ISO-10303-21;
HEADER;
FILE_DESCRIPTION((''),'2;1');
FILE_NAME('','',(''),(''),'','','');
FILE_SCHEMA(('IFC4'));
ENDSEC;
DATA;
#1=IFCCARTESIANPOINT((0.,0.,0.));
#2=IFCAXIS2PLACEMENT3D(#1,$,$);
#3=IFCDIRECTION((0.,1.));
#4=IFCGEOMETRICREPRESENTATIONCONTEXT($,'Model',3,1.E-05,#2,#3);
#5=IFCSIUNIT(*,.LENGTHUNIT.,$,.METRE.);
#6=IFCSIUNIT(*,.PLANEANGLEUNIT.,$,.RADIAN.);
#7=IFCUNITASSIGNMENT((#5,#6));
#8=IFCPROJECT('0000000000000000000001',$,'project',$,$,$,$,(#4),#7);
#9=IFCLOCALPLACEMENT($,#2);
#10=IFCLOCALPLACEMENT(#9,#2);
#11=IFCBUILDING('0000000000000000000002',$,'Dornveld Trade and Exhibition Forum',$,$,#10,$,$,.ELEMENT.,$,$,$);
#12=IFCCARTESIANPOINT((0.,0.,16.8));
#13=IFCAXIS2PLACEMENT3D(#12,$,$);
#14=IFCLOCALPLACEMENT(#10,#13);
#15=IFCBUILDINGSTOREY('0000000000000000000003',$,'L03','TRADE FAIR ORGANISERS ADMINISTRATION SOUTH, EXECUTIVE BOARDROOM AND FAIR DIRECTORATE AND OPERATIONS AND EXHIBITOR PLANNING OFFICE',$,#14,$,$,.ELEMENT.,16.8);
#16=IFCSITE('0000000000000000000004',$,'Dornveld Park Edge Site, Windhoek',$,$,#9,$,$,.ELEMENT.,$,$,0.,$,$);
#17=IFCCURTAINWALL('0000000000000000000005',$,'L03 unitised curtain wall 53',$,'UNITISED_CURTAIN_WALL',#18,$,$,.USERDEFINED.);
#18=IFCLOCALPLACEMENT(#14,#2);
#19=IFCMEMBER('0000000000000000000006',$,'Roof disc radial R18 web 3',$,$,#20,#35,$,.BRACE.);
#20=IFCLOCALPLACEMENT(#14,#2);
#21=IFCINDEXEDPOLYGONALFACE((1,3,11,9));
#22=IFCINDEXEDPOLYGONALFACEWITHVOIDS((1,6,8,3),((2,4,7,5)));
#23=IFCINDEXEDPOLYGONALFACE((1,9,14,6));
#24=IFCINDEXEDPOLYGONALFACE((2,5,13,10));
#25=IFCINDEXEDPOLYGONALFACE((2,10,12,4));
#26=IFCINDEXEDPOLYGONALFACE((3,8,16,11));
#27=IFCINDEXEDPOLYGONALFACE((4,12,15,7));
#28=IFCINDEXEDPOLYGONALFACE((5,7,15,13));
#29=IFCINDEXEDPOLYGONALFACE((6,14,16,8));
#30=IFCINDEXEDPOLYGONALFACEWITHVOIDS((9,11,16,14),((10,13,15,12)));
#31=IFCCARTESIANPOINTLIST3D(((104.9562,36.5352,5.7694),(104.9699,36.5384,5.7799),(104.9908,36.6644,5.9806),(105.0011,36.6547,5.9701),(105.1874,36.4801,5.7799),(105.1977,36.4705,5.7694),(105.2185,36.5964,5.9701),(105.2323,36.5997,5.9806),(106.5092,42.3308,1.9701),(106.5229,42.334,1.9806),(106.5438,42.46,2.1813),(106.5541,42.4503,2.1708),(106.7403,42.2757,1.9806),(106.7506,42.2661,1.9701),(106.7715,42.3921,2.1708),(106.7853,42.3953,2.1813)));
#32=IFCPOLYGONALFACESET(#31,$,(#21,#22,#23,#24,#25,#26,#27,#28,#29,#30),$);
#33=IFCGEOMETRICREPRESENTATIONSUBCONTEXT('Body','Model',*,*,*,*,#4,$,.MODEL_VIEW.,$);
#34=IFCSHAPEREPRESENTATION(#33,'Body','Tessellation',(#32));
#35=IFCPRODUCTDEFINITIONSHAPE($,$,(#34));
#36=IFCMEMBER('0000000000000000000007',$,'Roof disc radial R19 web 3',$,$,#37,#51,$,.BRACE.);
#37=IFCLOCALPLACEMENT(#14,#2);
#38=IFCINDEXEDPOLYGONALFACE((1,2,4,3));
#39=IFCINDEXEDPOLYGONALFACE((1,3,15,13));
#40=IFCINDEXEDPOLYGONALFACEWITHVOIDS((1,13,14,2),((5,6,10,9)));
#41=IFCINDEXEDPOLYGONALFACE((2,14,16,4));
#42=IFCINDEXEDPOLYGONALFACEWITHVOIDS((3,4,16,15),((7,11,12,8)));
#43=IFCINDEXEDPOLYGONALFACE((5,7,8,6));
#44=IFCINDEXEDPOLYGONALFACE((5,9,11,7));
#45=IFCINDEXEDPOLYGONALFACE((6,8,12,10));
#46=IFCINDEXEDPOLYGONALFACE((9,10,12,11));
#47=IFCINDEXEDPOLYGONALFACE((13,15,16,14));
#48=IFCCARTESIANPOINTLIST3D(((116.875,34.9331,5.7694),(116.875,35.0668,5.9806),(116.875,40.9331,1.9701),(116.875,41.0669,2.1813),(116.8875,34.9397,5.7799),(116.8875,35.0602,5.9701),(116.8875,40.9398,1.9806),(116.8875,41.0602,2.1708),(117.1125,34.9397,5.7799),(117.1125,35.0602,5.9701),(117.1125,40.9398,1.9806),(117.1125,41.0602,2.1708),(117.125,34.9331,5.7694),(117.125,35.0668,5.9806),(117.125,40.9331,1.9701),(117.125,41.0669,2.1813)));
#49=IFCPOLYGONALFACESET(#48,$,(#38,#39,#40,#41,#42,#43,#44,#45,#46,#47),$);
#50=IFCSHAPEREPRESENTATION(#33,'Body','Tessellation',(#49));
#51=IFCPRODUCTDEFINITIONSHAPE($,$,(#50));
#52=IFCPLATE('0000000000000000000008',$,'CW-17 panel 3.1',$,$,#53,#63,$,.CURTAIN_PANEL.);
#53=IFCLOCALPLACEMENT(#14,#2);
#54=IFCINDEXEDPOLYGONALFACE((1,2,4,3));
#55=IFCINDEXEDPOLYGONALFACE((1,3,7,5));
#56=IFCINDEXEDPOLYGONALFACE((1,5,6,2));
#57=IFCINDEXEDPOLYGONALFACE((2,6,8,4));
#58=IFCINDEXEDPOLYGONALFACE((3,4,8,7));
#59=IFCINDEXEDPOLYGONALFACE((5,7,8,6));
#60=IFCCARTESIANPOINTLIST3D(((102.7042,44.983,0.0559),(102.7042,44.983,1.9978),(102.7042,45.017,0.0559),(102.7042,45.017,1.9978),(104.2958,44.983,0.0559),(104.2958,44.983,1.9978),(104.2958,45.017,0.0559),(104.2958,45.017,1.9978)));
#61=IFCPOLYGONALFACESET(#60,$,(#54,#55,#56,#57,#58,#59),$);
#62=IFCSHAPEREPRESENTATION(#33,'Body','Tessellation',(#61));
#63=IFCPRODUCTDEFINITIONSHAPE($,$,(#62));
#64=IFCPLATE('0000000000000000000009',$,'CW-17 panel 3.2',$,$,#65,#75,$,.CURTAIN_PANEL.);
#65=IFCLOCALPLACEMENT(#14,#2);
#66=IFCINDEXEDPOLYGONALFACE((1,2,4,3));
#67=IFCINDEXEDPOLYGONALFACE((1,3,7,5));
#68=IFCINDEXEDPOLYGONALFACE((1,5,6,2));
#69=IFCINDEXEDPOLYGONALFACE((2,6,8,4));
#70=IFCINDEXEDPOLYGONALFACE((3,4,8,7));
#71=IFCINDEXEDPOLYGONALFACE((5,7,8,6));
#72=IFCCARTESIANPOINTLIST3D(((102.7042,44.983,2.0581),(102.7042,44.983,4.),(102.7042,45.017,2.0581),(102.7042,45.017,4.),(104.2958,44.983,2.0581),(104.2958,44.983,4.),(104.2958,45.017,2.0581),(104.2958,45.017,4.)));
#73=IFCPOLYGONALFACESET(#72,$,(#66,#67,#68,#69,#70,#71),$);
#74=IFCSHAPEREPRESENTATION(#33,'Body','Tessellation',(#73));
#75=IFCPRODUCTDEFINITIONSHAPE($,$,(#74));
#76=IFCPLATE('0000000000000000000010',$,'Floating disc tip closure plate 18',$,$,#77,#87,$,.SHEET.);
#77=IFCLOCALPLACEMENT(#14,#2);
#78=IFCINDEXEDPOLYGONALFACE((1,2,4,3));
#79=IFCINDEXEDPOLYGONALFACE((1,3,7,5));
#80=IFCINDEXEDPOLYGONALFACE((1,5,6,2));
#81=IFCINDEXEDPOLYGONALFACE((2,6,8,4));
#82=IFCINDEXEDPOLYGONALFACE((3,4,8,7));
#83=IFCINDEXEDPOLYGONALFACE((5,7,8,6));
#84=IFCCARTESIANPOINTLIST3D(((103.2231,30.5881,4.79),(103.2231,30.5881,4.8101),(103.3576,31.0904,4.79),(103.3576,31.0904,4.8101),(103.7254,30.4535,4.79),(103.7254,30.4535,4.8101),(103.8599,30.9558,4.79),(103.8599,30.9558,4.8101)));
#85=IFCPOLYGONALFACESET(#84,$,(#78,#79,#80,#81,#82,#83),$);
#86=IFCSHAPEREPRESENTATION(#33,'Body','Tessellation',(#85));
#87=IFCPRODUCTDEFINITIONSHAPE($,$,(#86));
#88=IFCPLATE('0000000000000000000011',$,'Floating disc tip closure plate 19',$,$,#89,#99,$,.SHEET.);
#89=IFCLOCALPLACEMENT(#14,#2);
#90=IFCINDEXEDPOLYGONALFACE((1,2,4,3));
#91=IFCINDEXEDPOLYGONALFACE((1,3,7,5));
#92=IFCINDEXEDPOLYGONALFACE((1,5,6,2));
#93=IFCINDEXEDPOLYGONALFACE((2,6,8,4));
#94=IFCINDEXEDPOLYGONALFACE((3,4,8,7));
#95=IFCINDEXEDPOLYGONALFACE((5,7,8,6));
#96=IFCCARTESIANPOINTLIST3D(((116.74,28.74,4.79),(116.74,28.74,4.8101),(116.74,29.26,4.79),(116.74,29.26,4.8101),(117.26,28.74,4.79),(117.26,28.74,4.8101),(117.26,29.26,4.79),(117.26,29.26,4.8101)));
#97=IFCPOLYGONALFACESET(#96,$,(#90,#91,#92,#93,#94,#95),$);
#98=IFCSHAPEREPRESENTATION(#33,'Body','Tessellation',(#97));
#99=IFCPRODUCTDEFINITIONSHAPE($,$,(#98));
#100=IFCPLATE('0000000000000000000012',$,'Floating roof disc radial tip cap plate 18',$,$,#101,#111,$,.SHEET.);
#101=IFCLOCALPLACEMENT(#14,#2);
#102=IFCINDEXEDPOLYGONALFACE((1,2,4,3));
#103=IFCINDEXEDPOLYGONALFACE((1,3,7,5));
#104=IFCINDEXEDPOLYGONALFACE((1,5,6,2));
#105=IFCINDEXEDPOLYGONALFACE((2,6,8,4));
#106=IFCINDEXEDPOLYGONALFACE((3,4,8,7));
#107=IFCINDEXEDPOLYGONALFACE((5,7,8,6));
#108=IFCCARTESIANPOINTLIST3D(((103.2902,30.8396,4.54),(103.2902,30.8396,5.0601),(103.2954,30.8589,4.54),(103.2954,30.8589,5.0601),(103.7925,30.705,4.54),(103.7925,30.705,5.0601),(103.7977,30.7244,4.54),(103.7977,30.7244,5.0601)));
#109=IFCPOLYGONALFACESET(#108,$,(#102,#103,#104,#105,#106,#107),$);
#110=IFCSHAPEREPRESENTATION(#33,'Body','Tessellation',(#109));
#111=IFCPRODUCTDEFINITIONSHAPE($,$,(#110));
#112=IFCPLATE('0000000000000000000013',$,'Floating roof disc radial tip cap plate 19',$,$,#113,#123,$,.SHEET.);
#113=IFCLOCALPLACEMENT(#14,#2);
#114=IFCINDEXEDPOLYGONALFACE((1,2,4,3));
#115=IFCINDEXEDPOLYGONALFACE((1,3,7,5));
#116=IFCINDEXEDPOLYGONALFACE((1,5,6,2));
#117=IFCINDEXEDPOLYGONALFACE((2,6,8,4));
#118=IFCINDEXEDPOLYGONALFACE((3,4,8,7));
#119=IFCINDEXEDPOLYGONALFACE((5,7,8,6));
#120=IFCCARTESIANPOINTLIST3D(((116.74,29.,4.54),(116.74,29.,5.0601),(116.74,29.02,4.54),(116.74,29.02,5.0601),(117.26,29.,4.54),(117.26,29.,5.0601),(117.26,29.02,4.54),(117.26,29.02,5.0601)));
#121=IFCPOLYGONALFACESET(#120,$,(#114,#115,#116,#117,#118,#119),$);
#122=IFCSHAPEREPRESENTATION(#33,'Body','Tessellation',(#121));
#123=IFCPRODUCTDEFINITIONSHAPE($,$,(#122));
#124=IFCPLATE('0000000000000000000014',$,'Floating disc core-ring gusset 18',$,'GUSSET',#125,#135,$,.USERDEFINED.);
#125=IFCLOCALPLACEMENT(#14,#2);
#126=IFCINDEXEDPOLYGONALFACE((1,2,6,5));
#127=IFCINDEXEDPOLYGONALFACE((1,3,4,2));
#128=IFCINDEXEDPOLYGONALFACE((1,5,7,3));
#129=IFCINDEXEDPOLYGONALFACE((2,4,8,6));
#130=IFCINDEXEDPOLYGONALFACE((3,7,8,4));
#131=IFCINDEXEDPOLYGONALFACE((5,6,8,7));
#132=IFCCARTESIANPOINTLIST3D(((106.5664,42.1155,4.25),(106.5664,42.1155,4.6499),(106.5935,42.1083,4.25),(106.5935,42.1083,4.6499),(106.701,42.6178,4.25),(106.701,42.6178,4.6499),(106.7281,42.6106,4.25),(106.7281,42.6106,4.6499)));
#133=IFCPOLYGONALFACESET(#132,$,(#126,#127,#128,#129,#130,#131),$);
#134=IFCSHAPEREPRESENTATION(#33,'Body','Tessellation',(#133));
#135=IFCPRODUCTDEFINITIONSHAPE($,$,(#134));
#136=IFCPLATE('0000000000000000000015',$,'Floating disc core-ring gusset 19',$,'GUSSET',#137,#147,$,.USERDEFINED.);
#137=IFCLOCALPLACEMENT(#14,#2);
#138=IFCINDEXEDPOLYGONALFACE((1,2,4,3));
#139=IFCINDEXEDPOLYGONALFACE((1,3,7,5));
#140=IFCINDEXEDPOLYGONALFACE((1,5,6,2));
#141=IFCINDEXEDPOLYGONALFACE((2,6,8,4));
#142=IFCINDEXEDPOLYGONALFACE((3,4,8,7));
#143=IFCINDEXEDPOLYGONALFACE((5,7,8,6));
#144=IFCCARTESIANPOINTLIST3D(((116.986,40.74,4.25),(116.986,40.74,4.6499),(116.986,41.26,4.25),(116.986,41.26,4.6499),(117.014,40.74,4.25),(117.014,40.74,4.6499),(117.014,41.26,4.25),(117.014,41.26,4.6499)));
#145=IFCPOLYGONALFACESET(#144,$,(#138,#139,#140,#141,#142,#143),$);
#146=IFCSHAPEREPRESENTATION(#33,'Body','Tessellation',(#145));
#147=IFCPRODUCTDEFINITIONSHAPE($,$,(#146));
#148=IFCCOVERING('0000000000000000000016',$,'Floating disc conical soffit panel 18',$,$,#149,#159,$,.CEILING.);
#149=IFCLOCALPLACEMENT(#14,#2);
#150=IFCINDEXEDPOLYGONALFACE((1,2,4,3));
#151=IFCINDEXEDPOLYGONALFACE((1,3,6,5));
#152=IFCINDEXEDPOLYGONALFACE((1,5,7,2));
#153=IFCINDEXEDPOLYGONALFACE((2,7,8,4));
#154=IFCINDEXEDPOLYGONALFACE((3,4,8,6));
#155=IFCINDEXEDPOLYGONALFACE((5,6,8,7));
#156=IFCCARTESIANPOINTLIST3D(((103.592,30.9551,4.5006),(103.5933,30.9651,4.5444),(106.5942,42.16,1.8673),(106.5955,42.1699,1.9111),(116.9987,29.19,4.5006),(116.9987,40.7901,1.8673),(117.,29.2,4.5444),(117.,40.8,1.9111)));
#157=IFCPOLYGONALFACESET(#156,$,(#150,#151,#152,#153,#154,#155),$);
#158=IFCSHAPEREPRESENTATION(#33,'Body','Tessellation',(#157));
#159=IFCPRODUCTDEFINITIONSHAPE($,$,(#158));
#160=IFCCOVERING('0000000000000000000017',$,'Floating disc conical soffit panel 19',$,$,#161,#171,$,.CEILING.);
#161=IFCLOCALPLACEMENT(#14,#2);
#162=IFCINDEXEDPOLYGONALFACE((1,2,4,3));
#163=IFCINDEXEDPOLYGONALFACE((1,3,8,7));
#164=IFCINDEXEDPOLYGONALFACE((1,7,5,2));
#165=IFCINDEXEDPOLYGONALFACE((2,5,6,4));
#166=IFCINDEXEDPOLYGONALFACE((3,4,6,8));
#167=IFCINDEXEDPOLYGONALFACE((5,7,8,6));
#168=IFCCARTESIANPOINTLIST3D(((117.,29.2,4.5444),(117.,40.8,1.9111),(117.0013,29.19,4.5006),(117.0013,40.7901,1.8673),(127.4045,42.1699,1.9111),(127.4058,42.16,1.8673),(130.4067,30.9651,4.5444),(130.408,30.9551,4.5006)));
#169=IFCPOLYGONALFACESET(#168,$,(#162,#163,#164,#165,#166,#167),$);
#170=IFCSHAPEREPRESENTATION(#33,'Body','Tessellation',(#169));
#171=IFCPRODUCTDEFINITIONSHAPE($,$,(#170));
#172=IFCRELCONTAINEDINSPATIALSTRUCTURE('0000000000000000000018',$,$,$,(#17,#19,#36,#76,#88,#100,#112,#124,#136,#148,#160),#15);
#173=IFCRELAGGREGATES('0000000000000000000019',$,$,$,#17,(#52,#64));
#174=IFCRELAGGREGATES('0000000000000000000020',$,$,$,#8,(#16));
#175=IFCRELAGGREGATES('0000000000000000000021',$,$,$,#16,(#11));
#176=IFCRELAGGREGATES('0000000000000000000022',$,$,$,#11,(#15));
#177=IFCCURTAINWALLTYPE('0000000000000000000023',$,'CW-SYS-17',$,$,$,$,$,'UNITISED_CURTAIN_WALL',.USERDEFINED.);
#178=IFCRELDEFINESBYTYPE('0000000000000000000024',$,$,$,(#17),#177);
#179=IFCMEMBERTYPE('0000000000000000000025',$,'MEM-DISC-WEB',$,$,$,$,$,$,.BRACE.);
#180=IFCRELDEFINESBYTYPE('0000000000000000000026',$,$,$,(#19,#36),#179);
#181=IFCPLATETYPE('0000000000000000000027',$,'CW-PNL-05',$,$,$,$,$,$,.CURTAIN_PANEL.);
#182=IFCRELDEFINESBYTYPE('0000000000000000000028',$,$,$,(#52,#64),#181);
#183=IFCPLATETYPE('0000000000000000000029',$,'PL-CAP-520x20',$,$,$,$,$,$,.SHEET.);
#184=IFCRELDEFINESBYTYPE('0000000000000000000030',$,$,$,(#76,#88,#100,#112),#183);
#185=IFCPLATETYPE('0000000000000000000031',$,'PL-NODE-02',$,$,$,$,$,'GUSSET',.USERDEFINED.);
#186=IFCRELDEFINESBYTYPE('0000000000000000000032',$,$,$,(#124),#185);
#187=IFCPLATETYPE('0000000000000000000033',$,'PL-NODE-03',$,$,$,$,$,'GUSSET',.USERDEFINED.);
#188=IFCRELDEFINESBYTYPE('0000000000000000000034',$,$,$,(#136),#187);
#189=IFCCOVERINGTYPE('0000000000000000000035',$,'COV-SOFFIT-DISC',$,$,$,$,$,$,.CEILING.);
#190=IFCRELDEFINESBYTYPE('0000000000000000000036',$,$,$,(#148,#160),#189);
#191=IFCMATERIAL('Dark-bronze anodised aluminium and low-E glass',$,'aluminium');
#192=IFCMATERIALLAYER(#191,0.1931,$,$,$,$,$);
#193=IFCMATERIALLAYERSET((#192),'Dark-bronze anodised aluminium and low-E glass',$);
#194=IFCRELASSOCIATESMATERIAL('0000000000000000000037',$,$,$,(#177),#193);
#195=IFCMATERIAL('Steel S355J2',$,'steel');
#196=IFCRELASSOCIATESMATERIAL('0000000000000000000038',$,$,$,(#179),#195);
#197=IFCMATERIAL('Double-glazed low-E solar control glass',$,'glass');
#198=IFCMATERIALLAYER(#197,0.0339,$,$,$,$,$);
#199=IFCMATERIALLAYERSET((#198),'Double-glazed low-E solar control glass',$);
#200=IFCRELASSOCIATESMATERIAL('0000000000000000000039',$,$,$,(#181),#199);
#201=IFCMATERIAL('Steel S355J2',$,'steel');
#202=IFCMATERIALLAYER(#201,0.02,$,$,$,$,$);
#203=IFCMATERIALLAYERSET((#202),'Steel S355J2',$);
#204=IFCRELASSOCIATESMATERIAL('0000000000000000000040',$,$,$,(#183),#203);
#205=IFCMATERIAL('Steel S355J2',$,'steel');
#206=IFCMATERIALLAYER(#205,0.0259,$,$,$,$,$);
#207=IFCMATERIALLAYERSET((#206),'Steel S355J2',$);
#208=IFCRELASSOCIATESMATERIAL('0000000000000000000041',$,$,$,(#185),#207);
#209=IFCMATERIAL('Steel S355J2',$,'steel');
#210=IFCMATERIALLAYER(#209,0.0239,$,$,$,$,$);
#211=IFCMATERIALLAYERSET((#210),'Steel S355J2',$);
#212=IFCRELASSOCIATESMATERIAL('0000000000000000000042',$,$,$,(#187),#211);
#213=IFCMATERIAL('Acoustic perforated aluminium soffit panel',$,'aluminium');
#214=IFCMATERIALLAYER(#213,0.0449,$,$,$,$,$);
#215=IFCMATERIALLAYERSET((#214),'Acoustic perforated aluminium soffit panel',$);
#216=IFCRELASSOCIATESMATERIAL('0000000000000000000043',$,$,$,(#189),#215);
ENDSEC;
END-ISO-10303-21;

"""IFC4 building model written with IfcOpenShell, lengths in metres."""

from ifc_helpers import new_model, si_unit, direction, frame, origin, origin_2d, place, context, subcontext, project, spatial, polyline, rectangle, hollow_rectangle, outline, extrude, material, layer, layer_set, material_profile, profile_set, type_object, element, aggregate, save


model = new_model("IFC4")

# Units and contexts
model_context = context("Model", 3, precision=1e-05, world=origin(), true_north=direction((0.0, 1.0)))
body_context = subcontext(model_context, "Body", "Model", "MODEL_VIEW")
ifc_project = project(units=[si_unit("LENGTHUNIT", "METRE"), si_unit("PLANEANGLEUNIT", "RADIAN")], contexts=[model_context])

# Site, building, storey
site_placement = place(None, origin())
site = spatial("IfcSite", under=ifc_project, at=site_placement, Name="Dornveld Park Edge Site, Windhoek", CompositionType="ELEMENT", RefElevation=0.0)
building_placement = place(site_placement, origin())
building = spatial("IfcBuilding", under=site, at=building_placement, Name="Dornveld Trade and Exhibition Forum", CompositionType="ELEMENT")
storey_placement = place(building_placement, frame((0.0, 0.0, 16.8)))
storey = spatial("IfcBuildingStorey", under=building, at=storey_placement, Name="L03", Description="TRADE FAIR ORGANISERS ADMINISTRATION SOUTH, EXECUTIVE BOARDROOM AND FAIR DIRECTORATE AND OPERATIONS AND EXHIBITOR PLANNING OFFICE", CompositionType="ELEMENT", Elevation=16.8)

# Curtain wall
ifc_material_1 = material(Name="Dark-bronze anodised aluminium and low-E glass", Category="aluminium")
ifc_layer_1 = layer(ifc_material_1, 0.1931)
ifc_layer_set_1 = layer_set([ifc_layer_1], Name="Dark-bronze anodised aluminium and low-E glass")
curtain_wall_type = type_object("IfcCurtainWallType", Name="CW-SYS-17", ElementType="UNITISED_CURTAIN_WALL", PredefinedType="USERDEFINED", material=ifc_layer_set_1)
curtain_wall_placement = place(storey_placement, origin())
curtain_wall = element("IfcCurtainWall", 1, at=curtain_wall_placement, inside=storey, type_object=curtain_wall_type, Name="L03 unitised curtain wall 53", ObjectType="UNITISED_CURTAIN_WALL", PredefinedType="USERDEFINED")

# Members
ifc_material_2 = material(Name="Steel S355J2", Category="steel")
ifc_material_profile_1 = material_profile(ifc_material_2, hollow_rectangle(XDim=0.25, YDim=0.25, WallThickness=0.0125, at=origin_2d()), Name="SHS 250x250x12.5")
ifc_profile_set_1 = profile_set([ifc_material_profile_1], Name="Steel S355J2")
member_type_1 = type_object("IfcMemberType", Name="MEM-DISC-WEB", PredefinedType="BRACE", material=ifc_profile_set_1)
for number, where, z_axis, x_axis, name in (
    (2, (106.6472, 42.363, 2.0757), (-0.218673, -0.816078, 0.534976), (0.965924, -0.258825, 0.0), "Roof disc radial R18 web 3"),
    (3, (117.0, 41.0, 2.0757), (0.0, -0.844863, 0.534983), (1.0, 0.0, 0.0), "Roof disc radial R19 web 3"),
):
    element("IfcMember", number, at=place(storey_placement, frame(where, z_axis=z_axis, x_axis=x_axis)), inside=storey, type_object=member_type_1, Name=name, PredefinedType="BRACE", context=body_context, shape_type="SweptSolid", body=[
        extrude(hollow_rectangle(XDim=0.25, YDim=0.25, WallThickness=0.0125, at=origin_2d()), origin(), (0.0, 0.0, 1.0), 7.1018),
    ])

# Plates
ifc_material_3 = material(Name="Double-glazed low-E solar control glass", Category="glass")
ifc_layer_2 = layer(ifc_material_3, 0.0339)
ifc_layer_set_2 = layer_set([ifc_layer_2], Name="Double-glazed low-E solar control glass")
plate_type_1 = type_object("IfcPlateType", Name="CW-PNL-05", PredefinedType="CURTAIN_PANEL", material=ifc_layer_set_2)
plate_1_placement = place(storey_placement, frame((103.5, 45.0, 0.0559), z_axis=(0.0, 0.0, 1.0), x_axis=(1.0, 0.0, 0.0)))
plate_1 = element("IfcPlate", 4, at=plate_1_placement, type_object=plate_type_1, Name="CW-17 panel 3.1", PredefinedType="CURTAIN_PANEL", context=body_context, shape_type="SweptSolid", body=[
    extrude(rectangle(XDim=1.5916, YDim=0.0339, at=origin_2d()), origin(), (0.0, 0.0, 1.0), 1.9419),
])
plate_2_placement = place(storey_placement, frame((103.5, 45.0, 2.0581), z_axis=(0.0, 0.0, 1.0), x_axis=(1.0, 0.0, 0.0)))
plate_2 = element("IfcPlate", 5, at=plate_2_placement, type_object=plate_type_1, Name="CW-17 panel 3.2", PredefinedType="CURTAIN_PANEL", context=body_context, shape_type="SweptSolid", body=[
    extrude(rectangle(XDim=1.5916, YDim=0.0339, at=origin_2d()), origin(), (0.0, 0.0, 1.0), 1.9419),
])
aggregate(curtain_wall, [plate_1, plate_2])

# Plates
ifc_material_4 = material(Name="Steel S355J2", Category="steel")
ifc_layer_3 = layer(ifc_material_4, 0.02)
ifc_layer_set_3 = layer_set([ifc_layer_3], Name="Steel S355J2")
plate_type_2 = type_object("IfcPlateType", Name="PL-CAP-520x20", PredefinedType="SHEET", material=ifc_layer_set_3)
for number, where, z_axis, x_axis, name in (
    (6, (103.5415, 30.772, 4.79), (0.0, 0.0, 1.0), (-0.258819, -0.965926, 0.0), "Floating disc tip closure plate 18"),
    (7, (117.0, 29.0, 4.79), (0.0, 0.0, 1.0), (0.0, -1.0, 0.0), "Floating disc tip closure plate 19"),
):
    element("IfcPlate", number, at=place(storey_placement, frame(where, z_axis=z_axis, x_axis=x_axis)), inside=storey, type_object=plate_type_2, Name=name, PredefinedType="SHEET", context=body_context, shape_type="SweptSolid", body=[
        extrude(rectangle(XDim=0.52, YDim=0.52, at=origin_2d()), origin(), (0.0, 0.0, 1.0), 0.02),
    ])
for number, where, z_axis, x_axis, name in (
    (8, (103.5439, 30.782, 4.54), (0.0, 0.0, 1.0), (-0.258819, -0.965926, 0.0), "Floating roof disc radial tip cap plate 18"),
    (9, (117.0, 29.01, 4.54), (0.0, 0.0, 1.0), (0.0, -1.0, 0.0), "Floating roof disc radial tip cap plate 19"),
):
    element("IfcPlate", number, at=place(storey_placement, frame(where, z_axis=z_axis, x_axis=x_axis)), inside=storey, type_object=plate_type_2, Name=name, PredefinedType="SHEET", context=body_context, shape_type="SweptSolid", body=[
        extrude(rectangle(XDim=0.02, YDim=0.52, at=origin_2d()), origin(), (0.0, 0.0, 1.0), 0.52),
    ])
ifc_material_5 = material(Name="Steel S355J2", Category="steel")
ifc_layer_4 = layer(ifc_material_5, 0.0259)
ifc_layer_set_4 = layer_set([ifc_layer_4], Name="Steel S355J2")
plate_type_3 = type_object("IfcPlateType", Name="PL-NODE-02", ElementType="GUSSET", PredefinedType="USERDEFINED", material=ifc_layer_set_4)
plate_3_placement = place(storey_placement, frame((106.6472, 42.363, 4.25), z_axis=(0.0, 0.0, 1.0), x_axis=(-0.258819, -0.965926, 0.0)))
element("IfcPlate", 10, at=plate_3_placement, inside=storey, type_object=plate_type_3, Name="Floating disc core-ring gusset 18", ObjectType="GUSSET", PredefinedType="USERDEFINED", context=body_context, shape_type="SweptSolid", body=[
    extrude(rectangle(XDim=0.52, YDim=0.0281, at=origin_2d()), origin(), (0.0, 0.0, 1.0), 0.3999),
])
ifc_material_6 = material(Name="Steel S355J2", Category="steel")
ifc_layer_5 = layer(ifc_material_6, 0.0239)
ifc_layer_set_5 = layer_set([ifc_layer_5], Name="Steel S355J2")
plate_type_4 = type_object("IfcPlateType", Name="PL-NODE-03", ElementType="GUSSET", PredefinedType="USERDEFINED", material=ifc_layer_set_5)
plate_4_placement = place(storey_placement, frame((117.0, 41.0, 4.25), z_axis=(0.0, 0.0, 1.0), x_axis=(0.0, -1.0, 0.0)))
element("IfcPlate", 11, at=plate_4_placement, inside=storey, type_object=plate_type_4, Name="Floating disc core-ring gusset 19", ObjectType="GUSSET", PredefinedType="USERDEFINED", context=body_context, shape_type="SweptSolid", body=[
    extrude(rectangle(XDim=0.52, YDim=0.0281, at=origin_2d()), origin(), (0.0, 0.0, 1.0), 0.3999),
])

# Coverings
ifc_material_7 = material(Name="Acoustic perforated aluminium soffit panel", Category="aluminium")
ifc_layer_6 = layer(ifc_material_7, 0.0449)
ifc_layer_set_6 = layer_set([ifc_layer_6], Name="Acoustic perforated aluminium soffit panel")
covering_type = type_object("IfcCoveringType", Name="COV-SOFFIT-DISC", PredefinedType="CEILING", material=ifc_layer_set_6)
covering_1_placement = place(storey_placement, frame((106.5955, 42.1699, 1.9111), z_axis=(0.029134, 0.22128, 0.974775), x_axis=(-0.252387, -0.941963, 0.221375)))
element("IfcCovering", 12, at=covering_1_placement, inside=storey, type_object=covering_type, Name="Floating disc conical soffit panel 18", PredefinedType="CEILING", context=body_context, shape_type="SweptSolid", body=[
    extrude(outline(polyline([(0.0, 0.0), (11.8952, 0.0), (10.1742, 13.4125), (-1.3356, 10.409), (0.0, 0.0)])), origin(), (0.0, 0.0, -1.0), 0.0449),
])
covering_2_placement = place(storey_placement, frame((117.0, 40.8, 1.9111), z_axis=(-0.029134, 0.22128, 0.974775), x_axis=(0.0, -0.975189, 0.221374)))
element("IfcCovering", 13, at=covering_2_placement, inside=storey, type_object=covering_type, Name="Floating disc conical soffit panel 19", PredefinedType="CEILING", context=body_context, shape_type="SweptSolid", body=[
    extrude(outline(polyline([(0.0, 0.0), (11.8952, 0.0), (10.1739, 13.4124), (-1.3359, 10.409), (0.0, 0.0)])), origin(), (0.0, 0.0, -1.0), 0.0449),
])

save(model, "model.ifc")
